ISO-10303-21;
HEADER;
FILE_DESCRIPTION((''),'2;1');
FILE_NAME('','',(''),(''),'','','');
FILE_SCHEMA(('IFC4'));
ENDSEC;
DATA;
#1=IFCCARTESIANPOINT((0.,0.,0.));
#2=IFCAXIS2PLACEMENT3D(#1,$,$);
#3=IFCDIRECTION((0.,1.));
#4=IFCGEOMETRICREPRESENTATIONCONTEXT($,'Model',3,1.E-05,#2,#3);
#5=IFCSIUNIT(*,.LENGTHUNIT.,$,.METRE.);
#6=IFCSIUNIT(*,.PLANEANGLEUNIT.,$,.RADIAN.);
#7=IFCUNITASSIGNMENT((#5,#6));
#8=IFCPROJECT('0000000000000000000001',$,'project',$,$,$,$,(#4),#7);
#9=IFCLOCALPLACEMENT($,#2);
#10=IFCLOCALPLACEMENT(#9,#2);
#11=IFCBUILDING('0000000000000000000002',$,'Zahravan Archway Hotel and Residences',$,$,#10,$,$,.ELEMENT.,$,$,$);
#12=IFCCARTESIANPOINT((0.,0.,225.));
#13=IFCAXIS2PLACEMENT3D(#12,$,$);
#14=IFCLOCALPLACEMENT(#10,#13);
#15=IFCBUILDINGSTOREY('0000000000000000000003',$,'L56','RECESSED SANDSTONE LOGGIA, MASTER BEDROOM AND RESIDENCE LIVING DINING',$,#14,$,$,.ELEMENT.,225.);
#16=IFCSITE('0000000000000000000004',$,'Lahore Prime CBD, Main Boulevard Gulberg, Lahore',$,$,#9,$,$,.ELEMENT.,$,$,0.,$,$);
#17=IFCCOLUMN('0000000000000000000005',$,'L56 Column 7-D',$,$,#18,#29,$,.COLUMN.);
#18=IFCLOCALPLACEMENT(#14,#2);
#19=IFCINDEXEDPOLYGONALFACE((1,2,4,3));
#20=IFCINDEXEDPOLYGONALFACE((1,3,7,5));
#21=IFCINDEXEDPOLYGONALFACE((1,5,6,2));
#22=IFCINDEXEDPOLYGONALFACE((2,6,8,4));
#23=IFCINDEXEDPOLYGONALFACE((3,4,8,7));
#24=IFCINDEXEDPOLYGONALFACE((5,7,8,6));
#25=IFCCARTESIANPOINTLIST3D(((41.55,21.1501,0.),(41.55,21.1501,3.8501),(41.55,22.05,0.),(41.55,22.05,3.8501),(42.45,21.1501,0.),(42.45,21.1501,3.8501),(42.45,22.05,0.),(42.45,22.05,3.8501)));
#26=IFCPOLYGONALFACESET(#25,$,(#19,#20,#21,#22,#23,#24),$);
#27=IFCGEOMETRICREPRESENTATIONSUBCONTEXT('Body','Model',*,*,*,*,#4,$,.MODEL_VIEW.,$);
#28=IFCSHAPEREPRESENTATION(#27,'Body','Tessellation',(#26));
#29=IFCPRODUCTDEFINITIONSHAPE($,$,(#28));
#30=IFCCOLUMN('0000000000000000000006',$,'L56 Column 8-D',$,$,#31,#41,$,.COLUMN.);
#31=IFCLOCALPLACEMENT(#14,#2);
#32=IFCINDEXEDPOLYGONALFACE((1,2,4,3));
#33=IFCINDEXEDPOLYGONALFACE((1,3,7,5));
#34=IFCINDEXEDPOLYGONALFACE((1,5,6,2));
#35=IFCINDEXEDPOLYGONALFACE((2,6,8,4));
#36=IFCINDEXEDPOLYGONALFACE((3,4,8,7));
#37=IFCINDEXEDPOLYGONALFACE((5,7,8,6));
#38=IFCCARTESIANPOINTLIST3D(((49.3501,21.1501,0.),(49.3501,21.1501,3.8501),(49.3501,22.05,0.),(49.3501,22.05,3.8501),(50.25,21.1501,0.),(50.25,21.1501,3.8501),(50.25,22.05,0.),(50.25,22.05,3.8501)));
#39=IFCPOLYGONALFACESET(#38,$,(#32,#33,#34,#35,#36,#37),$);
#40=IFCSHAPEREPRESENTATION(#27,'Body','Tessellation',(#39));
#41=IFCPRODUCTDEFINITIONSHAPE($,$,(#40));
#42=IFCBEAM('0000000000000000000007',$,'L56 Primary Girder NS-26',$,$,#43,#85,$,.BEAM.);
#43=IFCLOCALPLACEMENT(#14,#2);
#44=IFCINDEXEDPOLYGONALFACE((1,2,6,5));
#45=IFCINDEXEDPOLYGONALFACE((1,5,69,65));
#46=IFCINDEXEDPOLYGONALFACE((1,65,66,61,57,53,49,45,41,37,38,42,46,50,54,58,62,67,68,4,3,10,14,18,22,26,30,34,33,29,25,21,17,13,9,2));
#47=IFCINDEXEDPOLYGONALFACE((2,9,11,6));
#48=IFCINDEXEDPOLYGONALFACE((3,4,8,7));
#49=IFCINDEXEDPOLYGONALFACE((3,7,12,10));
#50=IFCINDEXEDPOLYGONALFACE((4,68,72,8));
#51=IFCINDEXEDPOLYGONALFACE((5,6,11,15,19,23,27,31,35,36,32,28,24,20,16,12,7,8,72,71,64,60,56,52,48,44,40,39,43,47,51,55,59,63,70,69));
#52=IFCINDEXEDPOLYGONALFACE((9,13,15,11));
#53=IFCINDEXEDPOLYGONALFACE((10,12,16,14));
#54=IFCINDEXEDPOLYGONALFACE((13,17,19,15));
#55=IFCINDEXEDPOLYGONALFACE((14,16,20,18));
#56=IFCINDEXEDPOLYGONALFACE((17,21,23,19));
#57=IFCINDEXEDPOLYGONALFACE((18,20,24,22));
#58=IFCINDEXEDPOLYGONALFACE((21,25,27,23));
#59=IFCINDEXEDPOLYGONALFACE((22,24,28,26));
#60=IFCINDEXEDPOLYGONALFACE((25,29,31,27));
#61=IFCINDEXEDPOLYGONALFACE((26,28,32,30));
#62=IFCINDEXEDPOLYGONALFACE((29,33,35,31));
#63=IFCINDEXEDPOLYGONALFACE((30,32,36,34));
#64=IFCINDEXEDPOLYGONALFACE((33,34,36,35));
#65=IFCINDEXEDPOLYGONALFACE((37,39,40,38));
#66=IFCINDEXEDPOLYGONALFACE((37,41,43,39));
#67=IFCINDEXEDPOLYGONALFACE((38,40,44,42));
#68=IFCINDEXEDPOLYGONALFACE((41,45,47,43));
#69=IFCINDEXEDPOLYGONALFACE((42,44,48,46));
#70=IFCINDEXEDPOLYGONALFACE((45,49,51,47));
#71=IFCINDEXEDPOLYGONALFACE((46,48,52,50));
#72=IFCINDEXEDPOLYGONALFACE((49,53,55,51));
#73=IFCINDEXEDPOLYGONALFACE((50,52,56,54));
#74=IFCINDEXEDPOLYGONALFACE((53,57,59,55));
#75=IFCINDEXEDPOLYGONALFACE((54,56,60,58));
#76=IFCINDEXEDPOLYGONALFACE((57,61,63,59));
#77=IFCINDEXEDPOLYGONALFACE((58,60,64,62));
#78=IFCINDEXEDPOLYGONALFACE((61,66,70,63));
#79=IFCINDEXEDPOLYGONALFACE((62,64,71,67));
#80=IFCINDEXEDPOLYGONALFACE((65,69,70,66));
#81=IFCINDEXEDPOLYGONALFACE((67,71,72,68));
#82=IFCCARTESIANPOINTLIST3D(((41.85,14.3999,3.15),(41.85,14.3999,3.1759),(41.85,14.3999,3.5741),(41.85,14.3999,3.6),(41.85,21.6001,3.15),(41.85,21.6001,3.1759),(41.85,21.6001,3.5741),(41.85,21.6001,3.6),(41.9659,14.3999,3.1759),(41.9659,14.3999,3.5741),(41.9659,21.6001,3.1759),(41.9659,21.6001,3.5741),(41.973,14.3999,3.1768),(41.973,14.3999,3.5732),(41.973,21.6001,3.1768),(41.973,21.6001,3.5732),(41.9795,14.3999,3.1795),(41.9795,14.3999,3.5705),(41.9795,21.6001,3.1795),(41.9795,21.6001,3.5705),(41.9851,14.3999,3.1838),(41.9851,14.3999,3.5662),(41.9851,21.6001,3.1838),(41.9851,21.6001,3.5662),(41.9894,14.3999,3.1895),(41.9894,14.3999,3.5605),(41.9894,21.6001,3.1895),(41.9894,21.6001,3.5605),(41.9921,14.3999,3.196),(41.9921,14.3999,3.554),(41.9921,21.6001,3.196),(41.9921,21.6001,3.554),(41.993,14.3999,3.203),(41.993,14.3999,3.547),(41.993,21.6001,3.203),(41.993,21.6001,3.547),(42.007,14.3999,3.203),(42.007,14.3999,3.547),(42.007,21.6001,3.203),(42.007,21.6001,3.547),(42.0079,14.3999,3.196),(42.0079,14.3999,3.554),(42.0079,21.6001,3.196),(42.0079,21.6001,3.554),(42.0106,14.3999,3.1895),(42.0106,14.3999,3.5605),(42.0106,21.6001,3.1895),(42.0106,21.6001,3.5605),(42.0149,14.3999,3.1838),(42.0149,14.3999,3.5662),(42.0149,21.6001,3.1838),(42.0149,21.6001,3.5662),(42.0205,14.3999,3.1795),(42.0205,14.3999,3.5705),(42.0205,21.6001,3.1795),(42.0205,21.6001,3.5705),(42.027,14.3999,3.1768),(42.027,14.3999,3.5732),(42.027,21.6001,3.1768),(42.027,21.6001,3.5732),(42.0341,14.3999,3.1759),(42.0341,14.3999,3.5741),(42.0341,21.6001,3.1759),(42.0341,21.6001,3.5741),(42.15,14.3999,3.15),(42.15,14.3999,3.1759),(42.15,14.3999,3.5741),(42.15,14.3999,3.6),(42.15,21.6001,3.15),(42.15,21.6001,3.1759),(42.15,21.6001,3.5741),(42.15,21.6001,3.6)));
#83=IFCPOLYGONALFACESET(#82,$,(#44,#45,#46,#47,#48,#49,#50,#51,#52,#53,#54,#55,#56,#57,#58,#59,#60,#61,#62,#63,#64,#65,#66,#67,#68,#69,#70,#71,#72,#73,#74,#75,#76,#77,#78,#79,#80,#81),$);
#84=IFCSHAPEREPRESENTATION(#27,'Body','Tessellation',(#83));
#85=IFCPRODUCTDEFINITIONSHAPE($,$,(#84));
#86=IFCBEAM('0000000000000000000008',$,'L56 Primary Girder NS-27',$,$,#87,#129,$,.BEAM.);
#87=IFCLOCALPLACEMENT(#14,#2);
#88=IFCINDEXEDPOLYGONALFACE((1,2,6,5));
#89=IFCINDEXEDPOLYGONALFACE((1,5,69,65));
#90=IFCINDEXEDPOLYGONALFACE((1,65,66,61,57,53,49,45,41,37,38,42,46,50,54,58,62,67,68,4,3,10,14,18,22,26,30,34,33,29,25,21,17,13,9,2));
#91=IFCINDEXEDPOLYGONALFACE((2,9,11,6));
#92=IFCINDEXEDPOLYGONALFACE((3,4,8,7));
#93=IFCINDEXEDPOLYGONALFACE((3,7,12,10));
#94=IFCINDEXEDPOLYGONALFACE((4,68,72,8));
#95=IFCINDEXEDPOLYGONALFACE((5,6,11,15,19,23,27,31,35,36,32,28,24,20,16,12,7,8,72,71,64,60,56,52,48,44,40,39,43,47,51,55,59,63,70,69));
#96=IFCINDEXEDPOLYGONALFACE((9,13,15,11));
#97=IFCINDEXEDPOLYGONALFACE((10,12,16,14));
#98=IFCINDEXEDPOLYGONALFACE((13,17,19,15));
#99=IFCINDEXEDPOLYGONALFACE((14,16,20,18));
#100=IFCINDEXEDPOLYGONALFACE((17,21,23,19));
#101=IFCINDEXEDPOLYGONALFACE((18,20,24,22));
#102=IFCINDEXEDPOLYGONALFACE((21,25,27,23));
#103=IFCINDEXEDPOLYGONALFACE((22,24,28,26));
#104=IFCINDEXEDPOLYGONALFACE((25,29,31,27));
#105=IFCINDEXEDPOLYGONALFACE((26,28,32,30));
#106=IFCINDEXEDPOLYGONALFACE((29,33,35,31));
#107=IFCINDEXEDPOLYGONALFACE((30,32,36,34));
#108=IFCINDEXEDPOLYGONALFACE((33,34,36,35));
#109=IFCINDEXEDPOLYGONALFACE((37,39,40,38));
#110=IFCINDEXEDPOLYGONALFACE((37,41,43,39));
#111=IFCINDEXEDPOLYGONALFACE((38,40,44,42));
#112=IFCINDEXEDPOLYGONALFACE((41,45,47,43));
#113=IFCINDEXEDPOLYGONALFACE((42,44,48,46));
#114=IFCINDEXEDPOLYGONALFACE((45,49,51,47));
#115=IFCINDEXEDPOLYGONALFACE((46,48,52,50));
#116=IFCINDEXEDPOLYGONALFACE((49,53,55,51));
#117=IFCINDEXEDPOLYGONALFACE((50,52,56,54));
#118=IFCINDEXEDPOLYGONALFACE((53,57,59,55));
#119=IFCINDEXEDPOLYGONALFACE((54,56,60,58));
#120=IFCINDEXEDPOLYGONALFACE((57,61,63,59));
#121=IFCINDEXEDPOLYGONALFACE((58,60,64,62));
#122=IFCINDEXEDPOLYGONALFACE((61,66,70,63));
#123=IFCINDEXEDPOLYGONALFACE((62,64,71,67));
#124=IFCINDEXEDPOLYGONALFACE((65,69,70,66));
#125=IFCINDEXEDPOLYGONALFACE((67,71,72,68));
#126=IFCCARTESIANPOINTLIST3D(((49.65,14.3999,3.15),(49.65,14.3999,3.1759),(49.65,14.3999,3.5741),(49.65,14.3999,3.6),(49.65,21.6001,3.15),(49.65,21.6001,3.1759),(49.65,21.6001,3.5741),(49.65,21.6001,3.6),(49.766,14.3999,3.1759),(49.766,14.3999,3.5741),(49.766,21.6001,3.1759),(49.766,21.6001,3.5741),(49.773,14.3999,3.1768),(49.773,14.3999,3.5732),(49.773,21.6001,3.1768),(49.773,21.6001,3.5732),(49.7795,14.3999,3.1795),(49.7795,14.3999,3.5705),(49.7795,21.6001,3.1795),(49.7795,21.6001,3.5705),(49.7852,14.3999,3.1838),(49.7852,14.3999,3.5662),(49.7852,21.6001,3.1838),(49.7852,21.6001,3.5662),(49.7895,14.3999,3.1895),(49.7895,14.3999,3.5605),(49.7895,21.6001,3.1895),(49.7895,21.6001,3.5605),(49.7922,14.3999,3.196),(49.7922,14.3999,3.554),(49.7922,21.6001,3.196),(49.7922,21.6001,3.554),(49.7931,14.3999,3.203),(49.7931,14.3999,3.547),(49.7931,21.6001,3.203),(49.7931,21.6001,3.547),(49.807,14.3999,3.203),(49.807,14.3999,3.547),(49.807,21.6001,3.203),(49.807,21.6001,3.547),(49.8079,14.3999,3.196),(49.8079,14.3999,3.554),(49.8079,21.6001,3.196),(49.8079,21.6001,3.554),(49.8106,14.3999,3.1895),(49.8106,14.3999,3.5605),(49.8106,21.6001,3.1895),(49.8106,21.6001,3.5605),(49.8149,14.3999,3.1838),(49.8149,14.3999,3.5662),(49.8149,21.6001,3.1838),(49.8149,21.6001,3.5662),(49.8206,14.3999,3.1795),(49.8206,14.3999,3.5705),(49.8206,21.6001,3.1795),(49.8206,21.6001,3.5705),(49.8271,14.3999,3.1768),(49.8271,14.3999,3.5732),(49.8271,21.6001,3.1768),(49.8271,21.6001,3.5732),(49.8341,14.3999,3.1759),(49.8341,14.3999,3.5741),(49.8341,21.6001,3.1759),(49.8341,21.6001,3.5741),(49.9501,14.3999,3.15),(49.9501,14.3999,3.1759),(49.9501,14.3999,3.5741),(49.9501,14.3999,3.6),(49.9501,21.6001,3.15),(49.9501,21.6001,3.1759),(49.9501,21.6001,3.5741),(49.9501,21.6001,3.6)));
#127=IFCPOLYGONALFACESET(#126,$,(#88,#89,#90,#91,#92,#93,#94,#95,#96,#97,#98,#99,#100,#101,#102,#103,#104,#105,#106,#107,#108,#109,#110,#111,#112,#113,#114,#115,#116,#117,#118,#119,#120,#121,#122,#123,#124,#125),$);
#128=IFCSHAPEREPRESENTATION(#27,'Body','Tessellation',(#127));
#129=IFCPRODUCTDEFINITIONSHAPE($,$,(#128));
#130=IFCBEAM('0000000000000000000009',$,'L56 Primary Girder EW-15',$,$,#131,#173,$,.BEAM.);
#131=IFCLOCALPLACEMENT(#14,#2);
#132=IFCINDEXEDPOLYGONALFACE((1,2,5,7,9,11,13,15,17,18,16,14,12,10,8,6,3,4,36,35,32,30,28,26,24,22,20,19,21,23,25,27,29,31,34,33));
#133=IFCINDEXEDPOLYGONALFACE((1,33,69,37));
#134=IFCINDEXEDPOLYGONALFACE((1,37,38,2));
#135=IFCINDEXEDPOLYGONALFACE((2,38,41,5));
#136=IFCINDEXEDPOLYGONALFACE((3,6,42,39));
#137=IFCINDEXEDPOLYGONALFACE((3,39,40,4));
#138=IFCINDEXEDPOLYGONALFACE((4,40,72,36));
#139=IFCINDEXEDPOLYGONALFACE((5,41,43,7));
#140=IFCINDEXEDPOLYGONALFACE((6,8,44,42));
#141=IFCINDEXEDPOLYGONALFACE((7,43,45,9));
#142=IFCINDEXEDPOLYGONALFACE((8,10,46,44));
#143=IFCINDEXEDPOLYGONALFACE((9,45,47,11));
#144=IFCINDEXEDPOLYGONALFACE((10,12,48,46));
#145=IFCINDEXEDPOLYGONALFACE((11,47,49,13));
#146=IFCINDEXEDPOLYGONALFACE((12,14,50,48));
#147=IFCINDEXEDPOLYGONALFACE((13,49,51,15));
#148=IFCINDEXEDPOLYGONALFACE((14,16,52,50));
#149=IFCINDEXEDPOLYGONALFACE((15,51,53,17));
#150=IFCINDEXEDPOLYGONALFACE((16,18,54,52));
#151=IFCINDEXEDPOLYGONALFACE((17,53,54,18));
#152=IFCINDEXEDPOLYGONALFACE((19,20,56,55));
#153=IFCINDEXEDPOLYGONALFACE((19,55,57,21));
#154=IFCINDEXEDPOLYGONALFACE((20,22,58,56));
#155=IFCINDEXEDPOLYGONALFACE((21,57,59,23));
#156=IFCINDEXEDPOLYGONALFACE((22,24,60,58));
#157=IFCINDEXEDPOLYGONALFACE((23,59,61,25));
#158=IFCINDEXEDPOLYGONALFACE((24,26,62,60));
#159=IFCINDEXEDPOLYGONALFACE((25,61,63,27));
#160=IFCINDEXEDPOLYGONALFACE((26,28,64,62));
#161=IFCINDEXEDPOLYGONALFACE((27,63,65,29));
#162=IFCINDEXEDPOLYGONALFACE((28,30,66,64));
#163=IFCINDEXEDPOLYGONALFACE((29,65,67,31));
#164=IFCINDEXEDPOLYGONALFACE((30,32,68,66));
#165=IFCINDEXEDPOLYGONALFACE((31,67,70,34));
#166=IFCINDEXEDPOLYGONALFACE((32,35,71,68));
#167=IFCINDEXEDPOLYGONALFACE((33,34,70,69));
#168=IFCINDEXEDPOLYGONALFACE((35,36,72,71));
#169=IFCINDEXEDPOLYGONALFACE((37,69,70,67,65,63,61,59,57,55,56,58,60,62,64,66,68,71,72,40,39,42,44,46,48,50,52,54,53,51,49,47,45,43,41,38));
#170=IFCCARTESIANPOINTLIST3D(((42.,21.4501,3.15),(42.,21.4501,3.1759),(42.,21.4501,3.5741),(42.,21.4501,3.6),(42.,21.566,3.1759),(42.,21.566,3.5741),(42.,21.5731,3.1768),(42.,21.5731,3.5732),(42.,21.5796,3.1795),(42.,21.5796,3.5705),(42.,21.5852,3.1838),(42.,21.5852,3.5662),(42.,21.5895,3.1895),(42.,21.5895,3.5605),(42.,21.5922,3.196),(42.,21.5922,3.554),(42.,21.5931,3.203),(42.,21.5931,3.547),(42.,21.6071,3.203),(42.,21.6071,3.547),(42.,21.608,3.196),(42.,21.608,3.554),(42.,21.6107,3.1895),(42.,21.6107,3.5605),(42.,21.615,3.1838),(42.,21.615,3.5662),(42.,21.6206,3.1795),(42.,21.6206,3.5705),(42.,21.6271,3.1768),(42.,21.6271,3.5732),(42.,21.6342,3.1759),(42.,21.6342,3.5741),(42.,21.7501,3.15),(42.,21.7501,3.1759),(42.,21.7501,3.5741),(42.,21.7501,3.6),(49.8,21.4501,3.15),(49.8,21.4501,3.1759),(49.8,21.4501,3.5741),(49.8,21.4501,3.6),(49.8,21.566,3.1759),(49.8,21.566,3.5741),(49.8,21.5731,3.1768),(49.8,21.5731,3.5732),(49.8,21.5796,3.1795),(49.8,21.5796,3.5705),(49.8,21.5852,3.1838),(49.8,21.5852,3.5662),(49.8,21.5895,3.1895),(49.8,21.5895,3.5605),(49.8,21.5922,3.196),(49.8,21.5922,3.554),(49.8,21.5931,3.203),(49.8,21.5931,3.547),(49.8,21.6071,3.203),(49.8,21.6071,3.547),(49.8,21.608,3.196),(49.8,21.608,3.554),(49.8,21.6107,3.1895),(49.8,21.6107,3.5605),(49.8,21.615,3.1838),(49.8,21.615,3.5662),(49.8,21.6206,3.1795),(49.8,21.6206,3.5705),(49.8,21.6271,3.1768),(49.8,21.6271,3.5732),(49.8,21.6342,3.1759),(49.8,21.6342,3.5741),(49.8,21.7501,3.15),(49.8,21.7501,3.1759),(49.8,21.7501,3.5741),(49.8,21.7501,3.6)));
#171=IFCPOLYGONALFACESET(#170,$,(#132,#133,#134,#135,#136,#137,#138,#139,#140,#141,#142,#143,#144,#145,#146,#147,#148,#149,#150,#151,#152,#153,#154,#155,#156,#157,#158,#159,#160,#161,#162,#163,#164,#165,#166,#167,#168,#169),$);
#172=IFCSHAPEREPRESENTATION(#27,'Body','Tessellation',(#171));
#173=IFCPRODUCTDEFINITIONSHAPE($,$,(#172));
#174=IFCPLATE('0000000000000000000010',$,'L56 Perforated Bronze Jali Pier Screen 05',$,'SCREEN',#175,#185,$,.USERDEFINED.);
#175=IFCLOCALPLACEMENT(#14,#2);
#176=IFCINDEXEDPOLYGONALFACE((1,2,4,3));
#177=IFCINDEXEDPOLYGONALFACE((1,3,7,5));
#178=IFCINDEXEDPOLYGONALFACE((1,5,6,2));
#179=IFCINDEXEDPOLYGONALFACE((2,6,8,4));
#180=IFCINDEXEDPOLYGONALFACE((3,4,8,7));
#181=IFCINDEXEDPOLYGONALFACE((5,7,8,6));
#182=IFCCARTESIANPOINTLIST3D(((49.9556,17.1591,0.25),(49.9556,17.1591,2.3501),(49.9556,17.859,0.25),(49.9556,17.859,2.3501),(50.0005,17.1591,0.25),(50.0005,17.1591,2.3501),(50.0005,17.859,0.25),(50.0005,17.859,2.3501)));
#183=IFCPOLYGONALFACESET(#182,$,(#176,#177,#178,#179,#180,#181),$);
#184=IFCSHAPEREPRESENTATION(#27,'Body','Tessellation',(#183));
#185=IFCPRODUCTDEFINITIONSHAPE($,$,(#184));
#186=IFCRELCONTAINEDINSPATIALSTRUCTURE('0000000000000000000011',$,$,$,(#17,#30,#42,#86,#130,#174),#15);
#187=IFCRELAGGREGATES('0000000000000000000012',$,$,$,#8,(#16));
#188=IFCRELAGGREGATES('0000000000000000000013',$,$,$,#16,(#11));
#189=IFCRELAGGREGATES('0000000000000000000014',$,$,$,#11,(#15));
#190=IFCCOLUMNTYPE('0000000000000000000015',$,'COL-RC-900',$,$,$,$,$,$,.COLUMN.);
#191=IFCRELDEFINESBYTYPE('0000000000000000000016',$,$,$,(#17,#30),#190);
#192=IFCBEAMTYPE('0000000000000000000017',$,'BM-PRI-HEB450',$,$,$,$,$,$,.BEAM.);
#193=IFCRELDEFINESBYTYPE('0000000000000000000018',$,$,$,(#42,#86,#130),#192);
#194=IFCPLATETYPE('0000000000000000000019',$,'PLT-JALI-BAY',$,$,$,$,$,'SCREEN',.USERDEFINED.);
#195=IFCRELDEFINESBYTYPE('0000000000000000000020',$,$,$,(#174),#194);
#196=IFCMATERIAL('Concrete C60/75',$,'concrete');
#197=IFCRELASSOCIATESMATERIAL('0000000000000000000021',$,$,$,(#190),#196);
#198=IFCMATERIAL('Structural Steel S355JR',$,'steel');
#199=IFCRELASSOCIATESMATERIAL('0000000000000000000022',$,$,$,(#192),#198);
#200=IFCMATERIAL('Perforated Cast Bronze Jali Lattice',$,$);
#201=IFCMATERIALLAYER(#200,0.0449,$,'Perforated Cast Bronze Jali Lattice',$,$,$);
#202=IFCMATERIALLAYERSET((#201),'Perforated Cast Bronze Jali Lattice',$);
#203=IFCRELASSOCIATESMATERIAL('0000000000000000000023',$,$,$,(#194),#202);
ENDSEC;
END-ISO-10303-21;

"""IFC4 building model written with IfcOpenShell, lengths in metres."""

from ifc_helpers import new_model, si_unit, direction, frame, origin, origin_2d, place, context, subcontext, project, spatial, rectangle, i_section, extrude, source, transform, mapped, material, layer, layer_set, material_profile, profile_set, type_object, type_shapes, element, save


model = new_model("IFC4")

# Units and contexts
model_context = context("Model", 3, precision=1e-05, world=origin(), true_north=direction((0.0, 1.0)))
body_context = subcontext(model_context, "Body", "Model", "MODEL_VIEW")
ifc_project = project(units=[si_unit("LENGTHUNIT", "METRE"), si_unit("PLANEANGLEUNIT", "RADIAN")], contexts=[model_context])

# Site, building, storey
site_placement = place(None, origin())
site = spatial("IfcSite", under=ifc_project, at=site_placement, Name="Lahore Prime CBD, Main Boulevard Gulberg, Lahore", CompositionType="ELEMENT", RefElevation=0.0)
building_placement = place(site_placement, origin())
building = spatial("IfcBuilding", under=site, at=building_placement, Name="Zahravan Archway Hotel and Residences", CompositionType="ELEMENT")
storey_placement = place(building_placement, frame((0.0, 0.0, 225.0)))
storey = spatial("IfcBuildingStorey", under=building, at=storey_placement, Name="L56", Description="RECESSED SANDSTONE LOGGIA, MASTER BEDROOM AND RESIDENCE LIVING DINING", CompositionType="ELEMENT", Elevation=225.0)

# Columns
ifc_material_1 = material(Name="Concrete C60/75", Category="concrete")
ifc_material_profile_1 = material_profile(ifc_material_1, rectangle(XDim=0.8999, YDim=0.8999, at=origin_2d()), Name="RC-COL-900x900", Category="concrete")
ifc_profile_set_1 = profile_set([ifc_material_profile_1], Name="Concrete C60/75")
column_type = type_object("IfcColumnType", Name="COL-RC-900", PredefinedType="COLUMN", material=ifc_profile_set_1)
shared_shape_1 = source(origin(), body_context, "Body", "SweptSolid", [
    extrude(rectangle(XDim=0.8999, YDim=0.8999, at=origin_2d()), origin(), (0.0, 0.0, 1.0), 3.8501),
])
type_shapes(column_type, [shared_shape_1])
for number, where, z_axis, x_axis, name in (
    (1, (42.0, 21.6001, 0.0), (0.0, 0.0, 1.0), (1.0, 0.0, 0.0), "L56 Column 7-D"),
    (2, (49.8, 21.6001, 0.0), (0.0, 0.0, 1.0), (1.0, 0.0, 0.0), "L56 Column 8-D"),
):
    element("IfcColumn", number, at=place(storey_placement, frame(where, z_axis=z_axis, x_axis=x_axis)), inside=storey, type_object=column_type, Name=name, PredefinedType="COLUMN", context=body_context, shape_type="MappedRepresentation", body=[
        mapped(shared_shape_1, transform((0.0, 0.0, 0.0), scale=1.0)),
    ])

# Beams
ifc_material_2 = material(Name="Structural Steel S355JR", Category="steel")
ifc_material_profile_2 = material_profile(ifc_material_2, i_section(OverallWidth=0.3, OverallDepth=0.45, WebThickness=0.0139, FlangeThickness=0.0259, FilletRadius=0.0271, at=origin_2d()), Name="HEB 450", Category="steel")
ifc_profile_set_2 = profile_set([ifc_material_profile_2], Name="Structural Steel S355JR")
beam_type = type_object("IfcBeamType", Name="BM-PRI-HEB450", PredefinedType="BEAM", material=ifc_profile_set_2)
shared_shape_2 = source(origin(), body_context, "Body", "SweptSolid", [
    extrude(i_section(OverallWidth=0.3, OverallDepth=0.45, WebThickness=0.0139, FlangeThickness=0.0259, FilletRadius=0.0271, at=origin_2d()), origin(), (0.0, 0.0, 1.0), 7.2002),
])
type_shapes(beam_type, [shared_shape_2])
for number, where, z_axis, x_axis, name in (
    (3, (42.0, 14.3999, 3.375), (0.0, 1.0, 0.0), (-1.0, 0.0, 0.0), "L56 Primary Girder NS-26"),
    (4, (49.8, 14.3999, 3.375), (0.0, 1.0, 0.0), (-1.0, 0.0, 0.0), "L56 Primary Girder NS-27"),
):
    element("IfcBeam", number, at=place(storey_placement, frame(where, z_axis=z_axis, x_axis=x_axis)), inside=storey, type_object=beam_type, Name=name, PredefinedType="BEAM", context=body_context, shape_type="MappedRepresentation", body=[
        mapped(shared_shape_2, transform((0.0, 0.0, 0.0), scale=1.0)),
    ])
shared_shape_3 = source(origin(), body_context, "Body", "SweptSolid", [
    extrude(i_section(OverallWidth=0.3, OverallDepth=0.45, WebThickness=0.0139, FlangeThickness=0.0259, FilletRadius=0.0271, at=origin_2d()), origin(), (0.0, 0.0, 1.0), 7.8),
])
beam_placement = place(storey_placement, frame((42.0, 21.6001, 3.375), z_axis=(1.0, 0.0, 0.0), x_axis=(0.0, 1.0, 0.0)))
element("IfcBeam", 5, at=beam_placement, inside=storey, type_object=beam_type, Name="L56 Primary Girder EW-15", PredefinedType="BEAM", context=body_context, shape_type="MappedRepresentation", body=[
    mapped(shared_shape_3, transform((0.0, 0.0, 0.0), scale=1.0)),
])

# Plate
ifc_material_3 = material(Name="Perforated Cast Bronze Jali Lattice")
ifc_layer_1 = layer(ifc_material_3, 0.0449, Name="Perforated Cast Bronze Jali Lattice")
ifc_layer_set_1 = layer_set([ifc_layer_1], Name="Perforated Cast Bronze Jali Lattice")
plate_type = type_object("IfcPlateType", Name="PLT-JALI-BAY", ElementType="SCREEN", PredefinedType="USERDEFINED", material=ifc_layer_set_1)
shared_shape_4 = source(origin(), body_context, "Body", "SweptSolid", [
    extrude(rectangle(XDim=0.7, YDim=0.0449, at=origin_2d()), origin(), (0.0, 0.0, 1.0), 2.1001),
])
type_shapes(plate_type, [shared_shape_4])
plate_placement = place(storey_placement, frame((49.978, 17.509, 0.25), z_axis=(0.0, 0.0, 1.0), x_axis=(0.0, 1.0, 0.0)))
element("IfcPlate", 6, at=plate_placement, inside=storey, type_object=plate_type, Name="L56 Perforated Bronze Jali Pier Screen 05", ObjectType="SCREEN", PredefinedType="USERDEFINED", context=body_context, shape_type="MappedRepresentation", body=[
    mapped(shared_shape_4, transform((0.0, 0.0, 0.0), scale=1.0)),
])

save(model, "model.ifc")
